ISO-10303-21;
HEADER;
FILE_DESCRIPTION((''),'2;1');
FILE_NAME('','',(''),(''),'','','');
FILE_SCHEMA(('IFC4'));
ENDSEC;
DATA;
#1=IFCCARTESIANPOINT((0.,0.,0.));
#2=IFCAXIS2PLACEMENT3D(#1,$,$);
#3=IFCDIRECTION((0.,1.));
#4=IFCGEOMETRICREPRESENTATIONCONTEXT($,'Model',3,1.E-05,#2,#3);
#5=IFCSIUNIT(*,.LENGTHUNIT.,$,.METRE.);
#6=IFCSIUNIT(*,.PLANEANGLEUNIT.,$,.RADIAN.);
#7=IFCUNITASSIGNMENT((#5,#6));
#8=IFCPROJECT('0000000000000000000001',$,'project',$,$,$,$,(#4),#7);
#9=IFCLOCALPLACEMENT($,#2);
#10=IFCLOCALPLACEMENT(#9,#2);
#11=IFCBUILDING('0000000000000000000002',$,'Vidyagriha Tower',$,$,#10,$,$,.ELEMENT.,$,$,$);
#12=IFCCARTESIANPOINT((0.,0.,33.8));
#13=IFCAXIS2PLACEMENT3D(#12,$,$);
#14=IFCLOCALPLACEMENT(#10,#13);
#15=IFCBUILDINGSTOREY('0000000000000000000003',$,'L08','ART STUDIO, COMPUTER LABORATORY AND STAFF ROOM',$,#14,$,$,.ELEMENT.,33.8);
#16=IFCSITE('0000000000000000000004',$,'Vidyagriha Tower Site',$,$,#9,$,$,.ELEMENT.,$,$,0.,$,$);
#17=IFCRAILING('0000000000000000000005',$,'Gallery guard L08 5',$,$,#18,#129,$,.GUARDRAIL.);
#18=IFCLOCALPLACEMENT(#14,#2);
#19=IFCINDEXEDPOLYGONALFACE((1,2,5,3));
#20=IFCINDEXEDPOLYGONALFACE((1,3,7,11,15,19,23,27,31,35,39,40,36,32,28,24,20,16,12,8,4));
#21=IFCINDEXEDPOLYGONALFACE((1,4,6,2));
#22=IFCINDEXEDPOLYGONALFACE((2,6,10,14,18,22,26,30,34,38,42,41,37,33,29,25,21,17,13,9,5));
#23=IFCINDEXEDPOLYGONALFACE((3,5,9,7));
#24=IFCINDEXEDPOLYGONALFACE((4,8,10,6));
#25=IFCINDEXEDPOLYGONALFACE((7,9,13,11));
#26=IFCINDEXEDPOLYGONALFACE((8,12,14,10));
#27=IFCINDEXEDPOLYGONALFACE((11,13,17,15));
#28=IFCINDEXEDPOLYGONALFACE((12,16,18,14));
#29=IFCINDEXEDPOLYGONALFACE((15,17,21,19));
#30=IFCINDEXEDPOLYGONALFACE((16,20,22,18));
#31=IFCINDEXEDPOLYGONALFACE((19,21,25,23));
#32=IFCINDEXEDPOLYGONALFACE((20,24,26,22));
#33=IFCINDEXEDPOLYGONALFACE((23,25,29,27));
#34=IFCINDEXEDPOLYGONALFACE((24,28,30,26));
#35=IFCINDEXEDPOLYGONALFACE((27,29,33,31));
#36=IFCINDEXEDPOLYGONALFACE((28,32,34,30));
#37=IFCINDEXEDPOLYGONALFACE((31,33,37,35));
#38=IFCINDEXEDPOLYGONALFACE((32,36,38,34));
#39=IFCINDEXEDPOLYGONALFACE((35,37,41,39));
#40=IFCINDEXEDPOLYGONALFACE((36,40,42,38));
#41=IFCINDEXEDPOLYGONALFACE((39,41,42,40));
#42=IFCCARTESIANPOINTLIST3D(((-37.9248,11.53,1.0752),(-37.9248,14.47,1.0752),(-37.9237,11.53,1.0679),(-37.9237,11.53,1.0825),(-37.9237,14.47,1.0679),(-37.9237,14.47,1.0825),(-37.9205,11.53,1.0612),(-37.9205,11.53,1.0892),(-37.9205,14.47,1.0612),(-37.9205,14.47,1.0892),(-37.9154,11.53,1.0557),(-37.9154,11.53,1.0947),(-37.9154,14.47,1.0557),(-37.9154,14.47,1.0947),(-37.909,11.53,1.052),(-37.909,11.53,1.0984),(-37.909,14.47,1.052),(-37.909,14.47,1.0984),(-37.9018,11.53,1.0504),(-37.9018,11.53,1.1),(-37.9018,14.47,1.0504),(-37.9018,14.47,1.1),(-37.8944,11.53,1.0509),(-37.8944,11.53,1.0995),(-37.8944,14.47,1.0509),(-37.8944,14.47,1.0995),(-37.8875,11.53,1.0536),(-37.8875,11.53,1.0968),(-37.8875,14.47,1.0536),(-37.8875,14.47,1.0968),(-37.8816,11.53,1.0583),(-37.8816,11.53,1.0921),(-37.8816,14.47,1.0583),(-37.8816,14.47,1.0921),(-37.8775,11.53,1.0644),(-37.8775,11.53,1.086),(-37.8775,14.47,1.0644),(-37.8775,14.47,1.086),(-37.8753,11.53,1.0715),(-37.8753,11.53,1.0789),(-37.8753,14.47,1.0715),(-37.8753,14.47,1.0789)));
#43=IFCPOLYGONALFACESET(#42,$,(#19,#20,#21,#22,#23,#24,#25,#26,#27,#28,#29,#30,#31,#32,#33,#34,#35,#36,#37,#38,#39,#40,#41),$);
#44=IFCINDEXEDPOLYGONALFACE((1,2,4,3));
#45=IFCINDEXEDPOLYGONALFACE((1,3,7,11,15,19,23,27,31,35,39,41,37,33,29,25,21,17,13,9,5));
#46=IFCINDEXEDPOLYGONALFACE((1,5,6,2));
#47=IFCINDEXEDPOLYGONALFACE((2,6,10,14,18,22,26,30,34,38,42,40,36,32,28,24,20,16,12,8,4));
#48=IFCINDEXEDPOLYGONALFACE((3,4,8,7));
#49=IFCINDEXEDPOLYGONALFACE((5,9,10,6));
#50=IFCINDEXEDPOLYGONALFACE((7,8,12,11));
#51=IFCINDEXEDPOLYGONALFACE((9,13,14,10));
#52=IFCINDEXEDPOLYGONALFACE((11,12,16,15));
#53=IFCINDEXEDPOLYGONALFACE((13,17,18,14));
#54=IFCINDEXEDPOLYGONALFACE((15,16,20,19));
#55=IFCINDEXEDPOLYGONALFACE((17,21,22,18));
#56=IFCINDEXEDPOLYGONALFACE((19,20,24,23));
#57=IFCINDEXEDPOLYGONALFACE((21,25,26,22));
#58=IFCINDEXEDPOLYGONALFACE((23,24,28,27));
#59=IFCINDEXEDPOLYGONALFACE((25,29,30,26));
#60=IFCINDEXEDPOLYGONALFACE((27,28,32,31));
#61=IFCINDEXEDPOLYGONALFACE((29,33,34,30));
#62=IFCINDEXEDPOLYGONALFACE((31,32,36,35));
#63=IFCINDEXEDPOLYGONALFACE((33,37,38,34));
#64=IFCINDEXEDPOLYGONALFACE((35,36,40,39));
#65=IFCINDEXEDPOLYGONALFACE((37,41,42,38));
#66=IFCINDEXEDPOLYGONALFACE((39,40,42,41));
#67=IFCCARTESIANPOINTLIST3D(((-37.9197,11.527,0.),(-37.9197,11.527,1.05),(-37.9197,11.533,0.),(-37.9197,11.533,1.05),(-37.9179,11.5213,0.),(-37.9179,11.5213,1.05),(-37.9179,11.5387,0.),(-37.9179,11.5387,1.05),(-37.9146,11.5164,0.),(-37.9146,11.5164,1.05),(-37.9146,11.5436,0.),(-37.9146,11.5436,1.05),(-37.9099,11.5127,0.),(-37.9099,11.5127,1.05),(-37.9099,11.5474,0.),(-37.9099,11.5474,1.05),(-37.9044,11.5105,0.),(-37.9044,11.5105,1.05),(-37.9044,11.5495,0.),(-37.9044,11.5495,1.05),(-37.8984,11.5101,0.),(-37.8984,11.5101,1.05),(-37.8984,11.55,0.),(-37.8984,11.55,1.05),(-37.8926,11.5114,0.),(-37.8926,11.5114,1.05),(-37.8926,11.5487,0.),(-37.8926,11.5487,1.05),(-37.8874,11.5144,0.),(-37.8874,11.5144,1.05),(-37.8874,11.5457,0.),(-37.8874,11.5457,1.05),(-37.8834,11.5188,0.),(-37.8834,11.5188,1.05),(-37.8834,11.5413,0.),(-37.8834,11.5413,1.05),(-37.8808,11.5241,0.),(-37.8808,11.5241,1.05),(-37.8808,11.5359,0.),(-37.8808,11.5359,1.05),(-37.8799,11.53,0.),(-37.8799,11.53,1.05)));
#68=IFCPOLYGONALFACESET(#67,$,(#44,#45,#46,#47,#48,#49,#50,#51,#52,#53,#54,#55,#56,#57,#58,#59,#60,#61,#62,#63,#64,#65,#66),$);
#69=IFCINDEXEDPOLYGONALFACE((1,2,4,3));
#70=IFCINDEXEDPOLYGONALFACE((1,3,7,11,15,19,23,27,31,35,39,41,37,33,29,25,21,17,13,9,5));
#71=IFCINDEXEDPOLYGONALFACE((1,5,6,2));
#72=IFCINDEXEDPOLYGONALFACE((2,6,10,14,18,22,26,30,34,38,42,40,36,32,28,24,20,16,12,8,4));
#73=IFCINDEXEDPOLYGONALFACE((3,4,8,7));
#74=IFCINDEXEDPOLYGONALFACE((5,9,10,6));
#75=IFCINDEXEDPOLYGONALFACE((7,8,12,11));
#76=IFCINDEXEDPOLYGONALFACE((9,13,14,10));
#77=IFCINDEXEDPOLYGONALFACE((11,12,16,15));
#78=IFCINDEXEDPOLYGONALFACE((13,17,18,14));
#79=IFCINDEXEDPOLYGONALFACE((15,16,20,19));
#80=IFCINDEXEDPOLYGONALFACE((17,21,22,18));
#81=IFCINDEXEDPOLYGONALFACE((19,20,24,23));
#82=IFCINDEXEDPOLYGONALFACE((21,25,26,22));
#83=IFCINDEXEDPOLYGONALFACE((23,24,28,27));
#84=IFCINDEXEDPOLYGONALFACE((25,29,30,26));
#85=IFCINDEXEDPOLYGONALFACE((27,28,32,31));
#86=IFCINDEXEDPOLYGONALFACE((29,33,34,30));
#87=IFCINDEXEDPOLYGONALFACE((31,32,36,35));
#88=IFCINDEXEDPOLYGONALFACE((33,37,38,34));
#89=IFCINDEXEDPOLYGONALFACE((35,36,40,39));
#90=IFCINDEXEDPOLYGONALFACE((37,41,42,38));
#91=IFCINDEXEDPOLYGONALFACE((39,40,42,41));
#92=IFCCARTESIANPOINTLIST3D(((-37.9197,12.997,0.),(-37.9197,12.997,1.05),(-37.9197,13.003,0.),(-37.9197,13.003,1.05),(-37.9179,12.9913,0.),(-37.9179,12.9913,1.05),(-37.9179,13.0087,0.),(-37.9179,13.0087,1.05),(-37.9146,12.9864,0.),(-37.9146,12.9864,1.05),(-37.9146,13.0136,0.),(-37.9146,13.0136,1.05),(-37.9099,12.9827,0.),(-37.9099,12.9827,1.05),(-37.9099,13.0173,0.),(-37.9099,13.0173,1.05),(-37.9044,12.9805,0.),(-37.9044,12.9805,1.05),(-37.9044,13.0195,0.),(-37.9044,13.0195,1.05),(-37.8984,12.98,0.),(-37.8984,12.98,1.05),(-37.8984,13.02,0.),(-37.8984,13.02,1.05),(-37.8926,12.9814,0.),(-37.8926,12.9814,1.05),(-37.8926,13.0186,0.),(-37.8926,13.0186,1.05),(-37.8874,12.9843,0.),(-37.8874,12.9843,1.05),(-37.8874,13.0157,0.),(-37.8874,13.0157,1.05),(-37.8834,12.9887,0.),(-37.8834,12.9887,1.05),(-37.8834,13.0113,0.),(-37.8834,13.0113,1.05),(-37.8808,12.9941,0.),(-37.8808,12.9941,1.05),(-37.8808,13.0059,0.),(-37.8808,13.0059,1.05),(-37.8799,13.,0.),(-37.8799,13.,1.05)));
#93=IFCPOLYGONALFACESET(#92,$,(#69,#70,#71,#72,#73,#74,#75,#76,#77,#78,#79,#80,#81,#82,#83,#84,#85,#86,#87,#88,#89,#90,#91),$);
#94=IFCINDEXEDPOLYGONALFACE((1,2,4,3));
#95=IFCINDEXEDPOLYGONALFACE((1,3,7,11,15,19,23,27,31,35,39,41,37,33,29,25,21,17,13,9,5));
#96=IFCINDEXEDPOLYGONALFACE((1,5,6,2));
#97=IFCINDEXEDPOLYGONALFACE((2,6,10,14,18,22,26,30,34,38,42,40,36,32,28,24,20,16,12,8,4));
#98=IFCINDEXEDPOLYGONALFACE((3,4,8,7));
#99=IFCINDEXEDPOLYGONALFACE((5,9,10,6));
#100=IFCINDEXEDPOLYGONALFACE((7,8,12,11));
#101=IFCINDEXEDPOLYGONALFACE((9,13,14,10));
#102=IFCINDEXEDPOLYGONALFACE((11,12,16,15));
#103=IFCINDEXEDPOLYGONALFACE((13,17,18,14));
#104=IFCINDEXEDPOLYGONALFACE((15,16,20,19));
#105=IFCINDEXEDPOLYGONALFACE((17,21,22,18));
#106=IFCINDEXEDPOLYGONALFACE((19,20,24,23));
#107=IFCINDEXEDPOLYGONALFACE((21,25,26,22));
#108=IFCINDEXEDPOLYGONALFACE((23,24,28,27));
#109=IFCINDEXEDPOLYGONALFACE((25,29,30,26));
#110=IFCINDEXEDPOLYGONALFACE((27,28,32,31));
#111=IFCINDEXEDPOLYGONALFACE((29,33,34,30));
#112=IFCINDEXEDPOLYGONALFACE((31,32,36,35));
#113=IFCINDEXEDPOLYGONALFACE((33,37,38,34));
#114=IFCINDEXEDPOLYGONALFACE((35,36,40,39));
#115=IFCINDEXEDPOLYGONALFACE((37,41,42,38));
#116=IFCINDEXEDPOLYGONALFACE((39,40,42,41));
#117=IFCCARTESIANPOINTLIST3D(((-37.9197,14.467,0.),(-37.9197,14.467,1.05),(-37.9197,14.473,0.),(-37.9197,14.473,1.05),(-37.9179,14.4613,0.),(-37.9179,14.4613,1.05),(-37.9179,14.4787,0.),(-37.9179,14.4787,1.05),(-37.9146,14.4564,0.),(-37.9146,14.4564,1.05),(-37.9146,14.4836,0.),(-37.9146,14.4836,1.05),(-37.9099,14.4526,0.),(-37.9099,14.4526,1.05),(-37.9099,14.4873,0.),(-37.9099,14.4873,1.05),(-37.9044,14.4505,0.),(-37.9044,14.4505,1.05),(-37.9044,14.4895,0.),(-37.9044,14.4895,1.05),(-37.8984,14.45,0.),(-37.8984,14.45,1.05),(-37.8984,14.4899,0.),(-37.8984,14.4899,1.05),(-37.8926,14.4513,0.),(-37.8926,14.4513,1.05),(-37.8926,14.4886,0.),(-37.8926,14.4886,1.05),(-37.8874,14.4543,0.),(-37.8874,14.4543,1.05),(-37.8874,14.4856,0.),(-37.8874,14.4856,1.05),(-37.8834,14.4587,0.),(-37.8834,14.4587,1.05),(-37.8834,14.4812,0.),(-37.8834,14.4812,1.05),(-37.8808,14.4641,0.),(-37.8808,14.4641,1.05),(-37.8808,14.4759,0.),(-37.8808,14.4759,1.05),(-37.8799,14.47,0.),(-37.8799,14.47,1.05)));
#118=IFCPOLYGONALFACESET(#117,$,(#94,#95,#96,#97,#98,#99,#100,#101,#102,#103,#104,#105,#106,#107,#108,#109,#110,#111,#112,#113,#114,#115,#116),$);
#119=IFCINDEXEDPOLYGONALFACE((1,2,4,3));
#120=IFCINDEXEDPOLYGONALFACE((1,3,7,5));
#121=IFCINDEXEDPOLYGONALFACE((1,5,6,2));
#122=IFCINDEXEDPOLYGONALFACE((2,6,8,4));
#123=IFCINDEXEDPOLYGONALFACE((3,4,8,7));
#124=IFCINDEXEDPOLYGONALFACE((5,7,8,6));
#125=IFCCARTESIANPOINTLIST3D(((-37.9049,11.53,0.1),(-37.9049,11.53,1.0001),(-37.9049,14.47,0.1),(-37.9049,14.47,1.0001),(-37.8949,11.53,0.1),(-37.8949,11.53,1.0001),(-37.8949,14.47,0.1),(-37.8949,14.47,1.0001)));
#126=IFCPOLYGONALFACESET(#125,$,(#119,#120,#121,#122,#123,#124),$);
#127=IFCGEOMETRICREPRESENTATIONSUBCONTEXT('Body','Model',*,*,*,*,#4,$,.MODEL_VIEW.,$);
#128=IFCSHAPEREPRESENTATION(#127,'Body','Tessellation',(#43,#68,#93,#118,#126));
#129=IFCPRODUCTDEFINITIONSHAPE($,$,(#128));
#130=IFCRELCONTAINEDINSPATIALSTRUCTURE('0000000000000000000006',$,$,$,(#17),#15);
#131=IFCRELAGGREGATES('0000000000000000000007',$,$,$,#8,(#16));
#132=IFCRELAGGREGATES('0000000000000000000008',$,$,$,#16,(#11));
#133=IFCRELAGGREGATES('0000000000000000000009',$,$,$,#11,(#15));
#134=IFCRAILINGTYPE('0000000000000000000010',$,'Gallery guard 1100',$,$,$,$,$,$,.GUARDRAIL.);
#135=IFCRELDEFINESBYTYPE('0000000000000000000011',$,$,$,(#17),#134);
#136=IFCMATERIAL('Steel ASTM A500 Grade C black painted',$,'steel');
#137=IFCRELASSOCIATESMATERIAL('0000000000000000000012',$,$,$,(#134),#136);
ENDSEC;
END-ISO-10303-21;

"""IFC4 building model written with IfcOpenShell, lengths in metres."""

from ifc_helpers import new_model, si_unit, direction, frame, origin, origin_2d, place, context, subcontext, project, spatial, rectangle, circle, extrude, material, type_object, element, save


model = new_model("IFC4")

# Units and contexts
model_context = context("Model", 3, precision=1e-05, world=origin(), true_north=direction((0.0, 1.0)))
body_context = subcontext(model_context, "Body", "Model", "MODEL_VIEW")
ifc_project = project(units=[si_unit("LENGTHUNIT", "METRE"), si_unit("PLANEANGLEUNIT", "RADIAN")], contexts=[model_context])

# Site, building, storey
site_placement = place(None, origin())
site = spatial("IfcSite", under=ifc_project, at=site_placement, Name="Vidyagriha Tower Site", CompositionType="ELEMENT", RefElevation=0.0)
building_placement = place(site_placement, origin())
building = spatial("IfcBuilding", under=site, at=building_placement, Name="Vidyagriha Tower", CompositionType="ELEMENT")
storey_placement = place(building_placement, frame((0.0, 0.0, 33.8)))
storey = spatial("IfcBuildingStorey", under=building, at=storey_placement, Name="L08", Description="ART STUDIO, COMPUTER LABORATORY AND STAFF ROOM", CompositionType="ELEMENT", Elevation=33.8)

# Railing
ifc_material_1 = material(Name="Steel ASTM A500 Grade C black painted", Category="steel")
railing_type = type_object("IfcRailingType", Name="Gallery guard 1100", PredefinedType="GUARDRAIL", material=ifc_material_1)
railing_1_placement = place(storey_placement, frame((-37.8999, 11.53, 0.0)))
element("IfcRailing", 1, at=railing_1_placement, inside=storey, type_object=railing_type, Name="Gallery guard L08 5", PredefinedType="GUARDRAIL", context=body_context, shape_type="SweptSolid", body=[
    extrude(circle(Radius=0.0249, at=origin_2d()), frame((0.0, 0.0, 1.0752), z_axis=(0.0, 1.0, 0.0), x_axis=(-1.0, 0.0, 0.0)), (0.0, 0.0, 1.0), 2.9399),
    extrude(circle(Radius=0.02, at=origin_2d()), origin(), (0.0, 0.0, 1.0), 1.05),
    extrude(circle(Radius=0.02, at=origin_2d()), frame((0.0, 1.47, 0.0)), (0.0, 0.0, 1.0), 1.05),
    extrude(circle(Radius=0.02, at=origin_2d()), frame((0.0, 2.9399, 0.0)), (0.0, 0.0, 1.0), 1.05),
    extrude(rectangle(XDim=0.01, YDim=0.9001, at=origin_2d()), frame((0.0, 0.0, 0.55), z_axis=(0.0, 1.0, 0.0), x_axis=(-1.0, 0.0, 0.0)), (0.0, 0.0, 1.0), 2.9399),
])

save(model, "model.ifc")
